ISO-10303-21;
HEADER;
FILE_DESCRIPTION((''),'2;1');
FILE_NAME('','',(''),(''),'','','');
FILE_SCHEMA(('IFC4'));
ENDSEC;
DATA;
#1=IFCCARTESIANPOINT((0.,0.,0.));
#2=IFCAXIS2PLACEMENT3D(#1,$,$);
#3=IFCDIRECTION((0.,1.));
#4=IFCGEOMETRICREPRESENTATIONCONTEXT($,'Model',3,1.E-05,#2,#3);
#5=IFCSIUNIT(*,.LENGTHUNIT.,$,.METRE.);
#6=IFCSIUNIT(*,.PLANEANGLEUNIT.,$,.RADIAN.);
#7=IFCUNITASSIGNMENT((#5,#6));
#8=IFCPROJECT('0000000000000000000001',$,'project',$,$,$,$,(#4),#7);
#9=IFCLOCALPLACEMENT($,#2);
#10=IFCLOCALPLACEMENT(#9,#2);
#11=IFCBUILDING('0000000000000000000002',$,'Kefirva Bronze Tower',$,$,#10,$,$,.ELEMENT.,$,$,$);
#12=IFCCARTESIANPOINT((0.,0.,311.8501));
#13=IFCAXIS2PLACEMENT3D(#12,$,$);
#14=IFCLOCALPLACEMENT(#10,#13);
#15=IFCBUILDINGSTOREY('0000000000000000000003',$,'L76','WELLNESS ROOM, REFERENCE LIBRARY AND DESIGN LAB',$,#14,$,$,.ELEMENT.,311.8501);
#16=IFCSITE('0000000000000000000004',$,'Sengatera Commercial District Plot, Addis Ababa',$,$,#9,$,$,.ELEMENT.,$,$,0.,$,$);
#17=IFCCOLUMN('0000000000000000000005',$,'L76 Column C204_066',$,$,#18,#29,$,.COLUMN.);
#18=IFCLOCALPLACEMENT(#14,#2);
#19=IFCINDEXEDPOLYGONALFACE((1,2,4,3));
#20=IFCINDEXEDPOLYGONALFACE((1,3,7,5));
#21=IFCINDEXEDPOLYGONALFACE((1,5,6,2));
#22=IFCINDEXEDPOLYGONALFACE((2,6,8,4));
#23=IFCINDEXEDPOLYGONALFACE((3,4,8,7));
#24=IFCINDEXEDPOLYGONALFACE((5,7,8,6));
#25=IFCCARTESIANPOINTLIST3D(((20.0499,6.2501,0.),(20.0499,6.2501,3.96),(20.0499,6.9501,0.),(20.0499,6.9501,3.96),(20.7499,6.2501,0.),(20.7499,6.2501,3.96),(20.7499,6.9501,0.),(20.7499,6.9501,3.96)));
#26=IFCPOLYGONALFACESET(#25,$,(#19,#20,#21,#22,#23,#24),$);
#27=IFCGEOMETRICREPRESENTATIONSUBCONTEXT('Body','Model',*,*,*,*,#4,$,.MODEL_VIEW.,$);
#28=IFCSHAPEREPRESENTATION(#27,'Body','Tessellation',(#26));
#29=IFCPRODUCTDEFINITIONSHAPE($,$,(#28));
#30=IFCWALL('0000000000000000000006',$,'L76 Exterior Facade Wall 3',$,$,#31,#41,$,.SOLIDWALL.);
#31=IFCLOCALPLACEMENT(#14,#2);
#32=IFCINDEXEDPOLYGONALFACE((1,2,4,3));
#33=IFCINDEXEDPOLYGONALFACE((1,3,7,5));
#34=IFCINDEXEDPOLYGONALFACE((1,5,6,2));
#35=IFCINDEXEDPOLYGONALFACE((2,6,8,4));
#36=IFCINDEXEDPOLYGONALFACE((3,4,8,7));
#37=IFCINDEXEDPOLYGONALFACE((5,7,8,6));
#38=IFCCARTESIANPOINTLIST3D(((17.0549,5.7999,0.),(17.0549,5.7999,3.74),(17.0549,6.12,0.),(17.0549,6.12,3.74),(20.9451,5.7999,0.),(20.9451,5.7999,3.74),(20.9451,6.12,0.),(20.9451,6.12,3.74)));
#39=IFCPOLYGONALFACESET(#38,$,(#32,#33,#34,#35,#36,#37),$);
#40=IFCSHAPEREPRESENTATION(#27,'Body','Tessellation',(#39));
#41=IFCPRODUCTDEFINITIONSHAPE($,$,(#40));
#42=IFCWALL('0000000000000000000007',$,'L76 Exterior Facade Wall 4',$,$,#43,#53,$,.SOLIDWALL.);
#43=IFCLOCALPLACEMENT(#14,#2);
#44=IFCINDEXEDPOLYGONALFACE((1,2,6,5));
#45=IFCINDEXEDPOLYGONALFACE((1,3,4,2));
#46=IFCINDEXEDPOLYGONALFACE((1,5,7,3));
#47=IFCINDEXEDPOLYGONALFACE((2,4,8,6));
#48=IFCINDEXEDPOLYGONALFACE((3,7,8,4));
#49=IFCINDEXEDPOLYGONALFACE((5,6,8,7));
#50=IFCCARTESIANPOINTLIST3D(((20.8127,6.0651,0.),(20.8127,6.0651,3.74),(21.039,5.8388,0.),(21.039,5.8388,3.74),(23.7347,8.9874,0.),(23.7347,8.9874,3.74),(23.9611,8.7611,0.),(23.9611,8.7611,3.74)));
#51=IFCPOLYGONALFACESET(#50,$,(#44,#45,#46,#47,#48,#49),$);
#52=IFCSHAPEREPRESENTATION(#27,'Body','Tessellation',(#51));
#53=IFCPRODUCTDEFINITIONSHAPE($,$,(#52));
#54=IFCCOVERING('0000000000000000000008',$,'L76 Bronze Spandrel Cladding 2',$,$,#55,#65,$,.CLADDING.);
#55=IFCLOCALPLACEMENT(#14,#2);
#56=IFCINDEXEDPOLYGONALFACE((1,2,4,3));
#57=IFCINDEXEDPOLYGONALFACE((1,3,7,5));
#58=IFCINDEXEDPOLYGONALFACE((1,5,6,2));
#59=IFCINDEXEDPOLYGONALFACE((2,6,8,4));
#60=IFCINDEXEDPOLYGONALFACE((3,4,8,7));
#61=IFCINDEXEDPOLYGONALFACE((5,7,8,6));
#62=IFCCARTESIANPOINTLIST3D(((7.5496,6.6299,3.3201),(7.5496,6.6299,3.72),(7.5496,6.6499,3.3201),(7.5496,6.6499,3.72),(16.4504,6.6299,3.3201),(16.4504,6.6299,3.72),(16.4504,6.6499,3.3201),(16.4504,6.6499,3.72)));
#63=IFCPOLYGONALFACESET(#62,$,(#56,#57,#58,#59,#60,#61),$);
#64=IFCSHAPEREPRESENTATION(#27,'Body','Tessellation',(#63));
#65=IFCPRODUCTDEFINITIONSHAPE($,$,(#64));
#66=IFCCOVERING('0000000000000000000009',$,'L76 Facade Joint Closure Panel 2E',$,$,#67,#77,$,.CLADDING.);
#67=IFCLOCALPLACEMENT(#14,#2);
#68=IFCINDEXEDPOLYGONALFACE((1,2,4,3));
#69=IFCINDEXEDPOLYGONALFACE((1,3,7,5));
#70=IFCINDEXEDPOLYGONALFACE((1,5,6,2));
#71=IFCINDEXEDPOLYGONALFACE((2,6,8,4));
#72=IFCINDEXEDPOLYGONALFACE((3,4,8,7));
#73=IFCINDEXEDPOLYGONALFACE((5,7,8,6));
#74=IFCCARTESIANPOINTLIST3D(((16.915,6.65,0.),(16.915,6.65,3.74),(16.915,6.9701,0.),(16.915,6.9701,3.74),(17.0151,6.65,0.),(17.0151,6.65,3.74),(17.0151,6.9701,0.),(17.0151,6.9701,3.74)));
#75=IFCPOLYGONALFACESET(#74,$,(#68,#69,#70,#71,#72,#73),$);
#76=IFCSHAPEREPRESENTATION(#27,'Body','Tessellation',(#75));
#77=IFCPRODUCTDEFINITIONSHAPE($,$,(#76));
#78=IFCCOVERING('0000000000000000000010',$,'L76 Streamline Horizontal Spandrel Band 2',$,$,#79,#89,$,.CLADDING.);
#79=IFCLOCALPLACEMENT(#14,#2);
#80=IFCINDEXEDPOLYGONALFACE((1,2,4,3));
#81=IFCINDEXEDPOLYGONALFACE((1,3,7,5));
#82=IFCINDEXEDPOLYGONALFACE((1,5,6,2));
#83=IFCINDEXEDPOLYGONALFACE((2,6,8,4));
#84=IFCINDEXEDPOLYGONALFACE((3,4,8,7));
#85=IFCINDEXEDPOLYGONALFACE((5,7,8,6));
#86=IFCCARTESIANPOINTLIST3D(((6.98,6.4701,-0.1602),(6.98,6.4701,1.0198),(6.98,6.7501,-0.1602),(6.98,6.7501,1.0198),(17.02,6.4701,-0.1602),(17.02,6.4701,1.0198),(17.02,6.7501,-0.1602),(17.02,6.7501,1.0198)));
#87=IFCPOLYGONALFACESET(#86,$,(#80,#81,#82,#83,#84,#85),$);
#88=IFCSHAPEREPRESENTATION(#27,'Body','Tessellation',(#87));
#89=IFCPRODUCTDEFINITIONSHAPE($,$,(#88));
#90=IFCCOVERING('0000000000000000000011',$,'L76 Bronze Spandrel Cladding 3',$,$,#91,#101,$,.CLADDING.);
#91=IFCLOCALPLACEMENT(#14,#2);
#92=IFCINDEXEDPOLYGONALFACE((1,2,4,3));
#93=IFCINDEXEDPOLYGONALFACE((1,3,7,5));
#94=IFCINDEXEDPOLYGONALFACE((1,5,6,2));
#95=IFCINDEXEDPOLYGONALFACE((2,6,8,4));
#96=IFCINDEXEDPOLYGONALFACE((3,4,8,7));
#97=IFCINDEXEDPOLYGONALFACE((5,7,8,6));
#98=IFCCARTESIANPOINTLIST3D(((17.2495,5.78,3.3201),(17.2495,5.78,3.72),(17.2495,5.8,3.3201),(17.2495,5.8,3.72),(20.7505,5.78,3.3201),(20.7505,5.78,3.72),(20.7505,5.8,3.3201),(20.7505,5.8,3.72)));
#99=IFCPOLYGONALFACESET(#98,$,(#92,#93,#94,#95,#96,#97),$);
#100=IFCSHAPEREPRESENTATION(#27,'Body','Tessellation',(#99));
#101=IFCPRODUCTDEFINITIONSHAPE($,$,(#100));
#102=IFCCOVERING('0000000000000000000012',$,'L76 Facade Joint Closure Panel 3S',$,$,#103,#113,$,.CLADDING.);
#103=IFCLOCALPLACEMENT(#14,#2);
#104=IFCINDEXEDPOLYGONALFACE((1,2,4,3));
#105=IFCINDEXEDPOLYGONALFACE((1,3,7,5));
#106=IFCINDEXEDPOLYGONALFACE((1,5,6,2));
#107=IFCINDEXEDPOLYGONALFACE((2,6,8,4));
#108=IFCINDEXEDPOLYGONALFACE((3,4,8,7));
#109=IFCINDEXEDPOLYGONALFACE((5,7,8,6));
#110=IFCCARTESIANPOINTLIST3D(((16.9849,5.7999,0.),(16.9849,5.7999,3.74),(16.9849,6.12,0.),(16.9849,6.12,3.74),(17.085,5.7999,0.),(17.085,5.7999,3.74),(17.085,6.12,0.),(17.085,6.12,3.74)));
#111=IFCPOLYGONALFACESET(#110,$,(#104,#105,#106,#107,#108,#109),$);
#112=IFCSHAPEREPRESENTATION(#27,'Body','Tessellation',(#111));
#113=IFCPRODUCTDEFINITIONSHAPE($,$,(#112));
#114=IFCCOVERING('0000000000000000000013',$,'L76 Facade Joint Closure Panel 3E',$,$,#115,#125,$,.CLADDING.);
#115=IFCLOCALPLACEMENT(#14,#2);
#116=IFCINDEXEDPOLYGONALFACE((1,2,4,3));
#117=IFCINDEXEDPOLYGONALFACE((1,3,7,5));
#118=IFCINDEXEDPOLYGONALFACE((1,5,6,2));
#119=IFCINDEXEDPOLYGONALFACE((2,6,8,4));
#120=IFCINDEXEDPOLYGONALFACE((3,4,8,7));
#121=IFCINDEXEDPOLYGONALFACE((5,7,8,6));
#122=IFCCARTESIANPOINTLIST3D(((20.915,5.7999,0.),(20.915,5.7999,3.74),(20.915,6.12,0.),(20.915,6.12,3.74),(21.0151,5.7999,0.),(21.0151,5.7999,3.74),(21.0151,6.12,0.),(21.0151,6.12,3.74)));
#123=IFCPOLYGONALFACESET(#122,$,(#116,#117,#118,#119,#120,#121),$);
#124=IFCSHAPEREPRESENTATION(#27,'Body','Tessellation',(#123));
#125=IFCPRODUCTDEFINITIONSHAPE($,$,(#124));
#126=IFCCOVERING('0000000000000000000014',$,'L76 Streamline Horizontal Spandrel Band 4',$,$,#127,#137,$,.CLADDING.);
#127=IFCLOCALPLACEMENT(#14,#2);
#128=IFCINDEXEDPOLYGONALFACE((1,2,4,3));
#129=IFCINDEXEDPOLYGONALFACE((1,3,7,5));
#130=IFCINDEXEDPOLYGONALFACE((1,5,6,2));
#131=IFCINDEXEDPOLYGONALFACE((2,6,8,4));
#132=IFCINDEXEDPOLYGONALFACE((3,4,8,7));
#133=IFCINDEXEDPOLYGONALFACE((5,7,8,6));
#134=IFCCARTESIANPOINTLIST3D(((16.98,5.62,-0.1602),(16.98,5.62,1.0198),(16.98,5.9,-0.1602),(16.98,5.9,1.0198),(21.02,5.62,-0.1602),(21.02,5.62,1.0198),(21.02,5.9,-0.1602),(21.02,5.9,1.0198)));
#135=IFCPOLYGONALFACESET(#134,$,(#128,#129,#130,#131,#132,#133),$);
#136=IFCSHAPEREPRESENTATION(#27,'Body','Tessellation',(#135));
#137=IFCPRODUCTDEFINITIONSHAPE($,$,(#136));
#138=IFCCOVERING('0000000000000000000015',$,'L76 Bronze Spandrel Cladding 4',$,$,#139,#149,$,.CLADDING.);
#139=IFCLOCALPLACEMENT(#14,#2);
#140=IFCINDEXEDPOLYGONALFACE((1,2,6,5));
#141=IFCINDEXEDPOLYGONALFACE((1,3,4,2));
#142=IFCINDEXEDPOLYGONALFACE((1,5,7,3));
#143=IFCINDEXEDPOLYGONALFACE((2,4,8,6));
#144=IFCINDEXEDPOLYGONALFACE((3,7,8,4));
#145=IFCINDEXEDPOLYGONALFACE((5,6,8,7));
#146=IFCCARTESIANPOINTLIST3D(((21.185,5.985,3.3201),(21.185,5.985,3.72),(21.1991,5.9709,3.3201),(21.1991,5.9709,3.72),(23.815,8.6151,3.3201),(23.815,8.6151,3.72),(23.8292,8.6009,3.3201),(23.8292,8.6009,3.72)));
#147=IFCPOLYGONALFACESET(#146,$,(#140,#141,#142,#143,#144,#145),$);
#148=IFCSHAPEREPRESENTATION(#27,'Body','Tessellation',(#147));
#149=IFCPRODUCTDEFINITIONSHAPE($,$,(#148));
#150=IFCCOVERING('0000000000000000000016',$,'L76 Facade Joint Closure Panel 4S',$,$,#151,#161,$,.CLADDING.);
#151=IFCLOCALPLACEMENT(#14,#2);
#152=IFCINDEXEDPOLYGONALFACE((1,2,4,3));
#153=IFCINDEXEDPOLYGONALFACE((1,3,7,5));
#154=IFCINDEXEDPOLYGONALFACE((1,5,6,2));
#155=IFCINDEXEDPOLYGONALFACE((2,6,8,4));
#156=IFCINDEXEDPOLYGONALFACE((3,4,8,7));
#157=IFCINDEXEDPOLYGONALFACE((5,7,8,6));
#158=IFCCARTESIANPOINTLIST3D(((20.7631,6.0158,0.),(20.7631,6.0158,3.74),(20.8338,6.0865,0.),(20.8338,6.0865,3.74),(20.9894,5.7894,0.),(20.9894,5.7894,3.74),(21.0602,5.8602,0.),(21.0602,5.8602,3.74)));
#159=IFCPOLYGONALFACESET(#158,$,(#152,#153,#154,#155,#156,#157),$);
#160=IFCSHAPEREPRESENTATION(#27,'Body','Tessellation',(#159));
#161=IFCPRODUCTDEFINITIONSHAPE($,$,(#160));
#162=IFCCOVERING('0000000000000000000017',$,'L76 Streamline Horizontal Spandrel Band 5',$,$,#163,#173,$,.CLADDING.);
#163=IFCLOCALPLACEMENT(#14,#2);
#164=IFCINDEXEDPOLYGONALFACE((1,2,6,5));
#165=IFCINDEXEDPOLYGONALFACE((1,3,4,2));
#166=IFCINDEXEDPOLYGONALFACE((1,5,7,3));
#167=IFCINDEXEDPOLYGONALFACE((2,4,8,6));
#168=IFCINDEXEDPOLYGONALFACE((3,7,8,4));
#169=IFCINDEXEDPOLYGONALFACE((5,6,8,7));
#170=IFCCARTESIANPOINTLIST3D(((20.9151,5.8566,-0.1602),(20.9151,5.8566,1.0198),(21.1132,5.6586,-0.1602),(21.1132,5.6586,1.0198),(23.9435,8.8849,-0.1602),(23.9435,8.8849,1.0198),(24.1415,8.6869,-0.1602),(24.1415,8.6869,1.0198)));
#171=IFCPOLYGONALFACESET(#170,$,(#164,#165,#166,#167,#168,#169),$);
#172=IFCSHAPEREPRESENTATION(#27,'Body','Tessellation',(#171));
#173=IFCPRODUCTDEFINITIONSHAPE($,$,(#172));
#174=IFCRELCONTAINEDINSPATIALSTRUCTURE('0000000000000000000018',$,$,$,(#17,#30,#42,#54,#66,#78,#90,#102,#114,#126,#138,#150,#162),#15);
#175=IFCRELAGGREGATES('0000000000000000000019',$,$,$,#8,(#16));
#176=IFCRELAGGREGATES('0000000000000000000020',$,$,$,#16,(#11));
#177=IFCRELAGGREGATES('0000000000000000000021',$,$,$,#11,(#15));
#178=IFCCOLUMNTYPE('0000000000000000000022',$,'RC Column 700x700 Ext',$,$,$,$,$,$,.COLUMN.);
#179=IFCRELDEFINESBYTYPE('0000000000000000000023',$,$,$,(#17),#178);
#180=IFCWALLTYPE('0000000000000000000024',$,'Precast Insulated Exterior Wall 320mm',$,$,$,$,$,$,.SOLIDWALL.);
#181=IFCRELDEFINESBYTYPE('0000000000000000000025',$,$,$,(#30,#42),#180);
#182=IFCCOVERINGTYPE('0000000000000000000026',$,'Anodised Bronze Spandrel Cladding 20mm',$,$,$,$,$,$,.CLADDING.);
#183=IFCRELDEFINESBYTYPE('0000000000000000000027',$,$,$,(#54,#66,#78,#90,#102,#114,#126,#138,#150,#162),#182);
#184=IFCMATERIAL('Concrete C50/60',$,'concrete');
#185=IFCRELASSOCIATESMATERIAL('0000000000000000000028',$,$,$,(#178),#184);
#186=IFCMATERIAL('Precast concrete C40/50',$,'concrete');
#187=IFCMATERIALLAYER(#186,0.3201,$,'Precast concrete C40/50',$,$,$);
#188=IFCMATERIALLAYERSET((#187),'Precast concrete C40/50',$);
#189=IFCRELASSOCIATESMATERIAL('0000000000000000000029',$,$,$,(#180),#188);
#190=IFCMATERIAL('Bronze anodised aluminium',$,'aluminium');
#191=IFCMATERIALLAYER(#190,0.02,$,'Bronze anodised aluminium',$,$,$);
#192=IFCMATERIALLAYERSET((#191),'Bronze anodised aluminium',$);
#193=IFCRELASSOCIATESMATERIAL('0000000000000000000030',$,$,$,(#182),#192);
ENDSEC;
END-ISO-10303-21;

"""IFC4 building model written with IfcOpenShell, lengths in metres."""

from ifc_helpers import new_model, si_unit, direction, frame, frame_2d, origin, origin_2d, place, context, subcontext, project, spatial, rectangle, extrude, material, layer, layer_set, material_profile, profile_set, type_object, element, save


model = new_model("IFC4")

# Units and contexts
model_context = context("Model", 3, precision=1e-05, world=origin(), true_north=direction((0.0, 1.0)))
body_context = subcontext(model_context, "Body", "Model", "MODEL_VIEW")
ifc_project = project(units=[si_unit("LENGTHUNIT", "METRE"), si_unit("PLANEANGLEUNIT", "RADIAN")], contexts=[model_context])

# Site, building, storey
site_placement = place(None, origin())
site = spatial("IfcSite", under=ifc_project, at=site_placement, Name="Sengatera Commercial District Plot, Addis Ababa", CompositionType="ELEMENT", RefElevation=0.0)
building_placement = place(site_placement, origin())
building = spatial("IfcBuilding", under=site, at=building_placement, Name="Kefirva Bronze Tower", CompositionType="ELEMENT")
storey_placement = place(building_placement, frame((0.0, 0.0, 311.8501)))
storey = spatial("IfcBuildingStorey", under=building, at=storey_placement, Name="L76", Description="WELLNESS ROOM, REFERENCE LIBRARY AND DESIGN LAB", CompositionType="ELEMENT", Elevation=311.8501)

# Column
ifc_material_1 = material(Name="Concrete C50/60", Category="concrete")
ifc_material_profile = material_profile(ifc_material_1, rectangle(XDim=0.7, YDim=0.7, at=origin_2d()), Name="RC 700x700")
ifc_profile_set = profile_set([ifc_material_profile], Name="Concrete C50/60")
column_type = type_object("IfcColumnType", Name="RC Column 700x700 Ext", PredefinedType="COLUMN", material=ifc_profile_set)
column_placement = place(storey_placement, frame((20.3999, 6.6001, 0.0), z_axis=(0.0, 0.0, 1.0), x_axis=(1.0, 0.0, 0.0)))
element("IfcColumn", 1, at=column_placement, inside=storey, type_object=column_type, Name="L76 Column C204_066", PredefinedType="COLUMN", context=body_context, shape_type="SweptSolid", body=[
    extrude(rectangle(XDim=0.7, YDim=0.7, at=origin_2d()), origin(), (0.0, 0.0, 1.0), 3.96),
])

# Walls
ifc_material_2 = material(Name="Precast concrete C40/50", Category="concrete")
ifc_layer_1 = layer(ifc_material_2, 0.3201, Name="Precast concrete C40/50")
ifc_layer_set_1 = layer_set([ifc_layer_1], Name="Precast concrete C40/50")
wall_type = type_object("IfcWallType", Name="Precast Insulated Exterior Wall 320mm", PredefinedType="SOLIDWALL", material=ifc_layer_set_1)
wall_1_placement = place(storey_placement, frame((17.0549, 5.96, 0.0), z_axis=(0.0, 0.0, 1.0), x_axis=(1.0, 0.0, 0.0)))
element("IfcWall", 2, at=wall_1_placement, inside=storey, type_object=wall_type, Name="L76 Exterior Facade Wall 3", PredefinedType="SOLIDWALL", context=body_context, shape_type="SweptSolid", body=[
    extrude(rectangle(XDim=3.8901, YDim=0.3201, at=frame_2d((1.9451, 0.0))), origin(), (0.0, 0.0, 1.0), 3.74),
])
wall_2_placement = place(storey_placement, frame((20.9258, 5.9519, 0.0), z_axis=(0.0, 0.0, 1.0), x_axis=(0.707077, 0.707136, 0.0)))
element("IfcWall", 3, at=wall_2_placement, inside=storey, type_object=wall_type, Name="L76 Exterior Facade Wall 4", PredefinedType="SOLIDWALL", context=body_context, shape_type="SweptSolid", body=[
    extrude(rectangle(XDim=4.1326, YDim=0.3201, at=frame_2d((2.0664, 0.0))), origin(), (0.0, 0.0, 1.0), 3.74),
])

# Coverings
ifc_material_3 = material(Name="Bronze anodised aluminium", Category="aluminium")
ifc_layer_2 = layer(ifc_material_3, 0.02, Name="Bronze anodised aluminium")
ifc_layer_set_2 = layer_set([ifc_layer_2], Name="Bronze anodised aluminium")
covering_type_1 = type_object("IfcCoveringType", Name="Anodised Bronze Spandrel Cladding 20mm", PredefinedType="CLADDING", material=ifc_layer_set_2)
covering_1_placement = place(storey_placement, frame((12.0, 6.6399, 3.3201), z_axis=(0.0, 0.0, 1.0), x_axis=(1.0, 0.0, 0.0)))
element("IfcCovering", 4, at=covering_1_placement, inside=storey, type_object=covering_type_1, Name="L76 Bronze Spandrel Cladding 2", PredefinedType="CLADDING", context=body_context, shape_type="SweptSolid", body=[
    extrude(rectangle(XDim=8.9009, YDim=0.02, at=origin_2d()), origin(), (0.0, 0.0, 1.0), 0.3999),
])
covering_2_placement = place(storey_placement, frame((16.9651, 6.8101, 0.0), z_axis=(0.0, 0.0, 1.0), x_axis=(1.0, 0.0, 0.0)))
element("IfcCovering", 5, at=covering_2_placement, inside=storey, type_object=covering_type_1, Name="L76 Facade Joint Closure Panel 2E", PredefinedType="CLADDING", context=body_context, shape_type="SweptSolid", body=[
    extrude(rectangle(XDim=0.1001, YDim=0.3201, at=origin_2d()), origin(), (0.0, 0.0, 1.0), 3.74),
])
covering_3_placement = place(storey_placement, frame((12.0, 6.6101, -0.1602), z_axis=(0.0, 0.0, 1.0), x_axis=(1.0, 0.0, 0.0)))
element("IfcCovering", 6, at=covering_3_placement, inside=storey, type_object=covering_type_1, Name="L76 Streamline Horizontal Spandrel Band 2", PredefinedType="CLADDING", context=body_context, shape_type="SweptSolid", body=[
    extrude(rectangle(XDim=10.04, YDim=0.28, at=origin_2d()), origin(), (0.0, 0.0, 1.0), 1.1799),
])
covering_4_placement = place(storey_placement, frame((19.0, 5.79, 3.3201), z_axis=(0.0, 0.0, 1.0), x_axis=(1.0, 0.0, 0.0)))
element("IfcCovering", 7, at=covering_4_placement, inside=storey, type_object=covering_type_1, Name="L76 Bronze Spandrel Cladding 3", PredefinedType="CLADDING", context=body_context, shape_type="SweptSolid", body=[
    extrude(rectangle(XDim=3.501, YDim=0.02, at=origin_2d()), origin(), (0.0, 0.0, 1.0), 0.3999),
])
for number, where, z_axis, x_axis, name in (
    (8, (17.0349, 5.96, 0.0), (0.0, 0.0, 1.0), (1.0, 0.0, 0.0), "L76 Facade Joint Closure Panel 3S"),
    (9, (20.9651, 5.96, 0.0), (0.0, 0.0, 1.0), (1.0, 0.0, 0.0), "L76 Facade Joint Closure Panel 3E"),
):
    element("IfcCovering", number, at=place(storey_placement, frame(where, z_axis=z_axis, x_axis=x_axis)), inside=storey, type_object=covering_type_1, Name=name, PredefinedType="CLADDING", context=body_context, shape_type="SweptSolid", body=[
        extrude(rectangle(XDim=0.1001, YDim=0.3201, at=origin_2d()), origin(), (0.0, 0.0, 1.0), 3.74),
    ])
covering_5_placement = place(storey_placement, frame((19.0, 5.76, -0.1602), z_axis=(0.0, 0.0, 1.0), x_axis=(1.0, 0.0, 0.0)))
element("IfcCovering", 10, at=covering_5_placement, inside=storey, type_object=covering_type_1, Name="L76 Streamline Horizontal Spandrel Band 4", PredefinedType="CLADDING", context=body_context, shape_type="SweptSolid", body=[
    extrude(rectangle(XDim=4.04, YDim=0.28, at=origin_2d()), origin(), (0.0, 0.0, 1.0), 1.1799),
])
covering_6_placement = place(storey_placement, frame((22.5071, 7.293, 3.3201), z_axis=(0.0, 0.0, 1.0), x_axis=(0.707107, 0.707107, 0.0)))
element("IfcCovering", 11, at=covering_6_placement, inside=storey, type_object=covering_type_1, Name="L76 Bronze Spandrel Cladding 4", PredefinedType="CLADDING", context=body_context, shape_type="SweptSolid", body=[
    extrude(rectangle(XDim=3.7195, YDim=0.02, at=origin_2d()), origin(), (0.0, 0.0, 1.0), 0.3999),
])
covering_7_placement = place(storey_placement, frame((20.9116, 5.938, 0.0), z_axis=(0.0, 0.0, 1.0), x_axis=(0.707107, 0.707107, 0.0)))
element("IfcCovering", 12, at=covering_7_placement, inside=storey, type_object=covering_type_1, Name="L76 Facade Joint Closure Panel 4S", PredefinedType="CLADDING", context=body_context, shape_type="SweptSolid", body=[
    extrude(rectangle(XDim=0.1001, YDim=0.3201, at=origin_2d()), origin(), (0.0, 0.0, 1.0), 3.74),
])
covering_8_placement = place(storey_placement, frame((22.5283, 7.2717, -0.1602), z_axis=(0.0, 0.0, 1.0), x_axis=(0.707107, 0.707107, 0.0)))
element("IfcCovering", 13, at=covering_8_placement, inside=storey, type_object=covering_type_1, Name="L76 Streamline Horizontal Spandrel Band 5", PredefinedType="CLADDING", context=body_context, shape_type="SweptSolid", body=[
    extrude(rectangle(XDim=4.2827, YDim=0.28, at=origin_2d()), origin(), (0.0, 0.0, 1.0), 1.1799),
])

save(model, "model.ifc")
